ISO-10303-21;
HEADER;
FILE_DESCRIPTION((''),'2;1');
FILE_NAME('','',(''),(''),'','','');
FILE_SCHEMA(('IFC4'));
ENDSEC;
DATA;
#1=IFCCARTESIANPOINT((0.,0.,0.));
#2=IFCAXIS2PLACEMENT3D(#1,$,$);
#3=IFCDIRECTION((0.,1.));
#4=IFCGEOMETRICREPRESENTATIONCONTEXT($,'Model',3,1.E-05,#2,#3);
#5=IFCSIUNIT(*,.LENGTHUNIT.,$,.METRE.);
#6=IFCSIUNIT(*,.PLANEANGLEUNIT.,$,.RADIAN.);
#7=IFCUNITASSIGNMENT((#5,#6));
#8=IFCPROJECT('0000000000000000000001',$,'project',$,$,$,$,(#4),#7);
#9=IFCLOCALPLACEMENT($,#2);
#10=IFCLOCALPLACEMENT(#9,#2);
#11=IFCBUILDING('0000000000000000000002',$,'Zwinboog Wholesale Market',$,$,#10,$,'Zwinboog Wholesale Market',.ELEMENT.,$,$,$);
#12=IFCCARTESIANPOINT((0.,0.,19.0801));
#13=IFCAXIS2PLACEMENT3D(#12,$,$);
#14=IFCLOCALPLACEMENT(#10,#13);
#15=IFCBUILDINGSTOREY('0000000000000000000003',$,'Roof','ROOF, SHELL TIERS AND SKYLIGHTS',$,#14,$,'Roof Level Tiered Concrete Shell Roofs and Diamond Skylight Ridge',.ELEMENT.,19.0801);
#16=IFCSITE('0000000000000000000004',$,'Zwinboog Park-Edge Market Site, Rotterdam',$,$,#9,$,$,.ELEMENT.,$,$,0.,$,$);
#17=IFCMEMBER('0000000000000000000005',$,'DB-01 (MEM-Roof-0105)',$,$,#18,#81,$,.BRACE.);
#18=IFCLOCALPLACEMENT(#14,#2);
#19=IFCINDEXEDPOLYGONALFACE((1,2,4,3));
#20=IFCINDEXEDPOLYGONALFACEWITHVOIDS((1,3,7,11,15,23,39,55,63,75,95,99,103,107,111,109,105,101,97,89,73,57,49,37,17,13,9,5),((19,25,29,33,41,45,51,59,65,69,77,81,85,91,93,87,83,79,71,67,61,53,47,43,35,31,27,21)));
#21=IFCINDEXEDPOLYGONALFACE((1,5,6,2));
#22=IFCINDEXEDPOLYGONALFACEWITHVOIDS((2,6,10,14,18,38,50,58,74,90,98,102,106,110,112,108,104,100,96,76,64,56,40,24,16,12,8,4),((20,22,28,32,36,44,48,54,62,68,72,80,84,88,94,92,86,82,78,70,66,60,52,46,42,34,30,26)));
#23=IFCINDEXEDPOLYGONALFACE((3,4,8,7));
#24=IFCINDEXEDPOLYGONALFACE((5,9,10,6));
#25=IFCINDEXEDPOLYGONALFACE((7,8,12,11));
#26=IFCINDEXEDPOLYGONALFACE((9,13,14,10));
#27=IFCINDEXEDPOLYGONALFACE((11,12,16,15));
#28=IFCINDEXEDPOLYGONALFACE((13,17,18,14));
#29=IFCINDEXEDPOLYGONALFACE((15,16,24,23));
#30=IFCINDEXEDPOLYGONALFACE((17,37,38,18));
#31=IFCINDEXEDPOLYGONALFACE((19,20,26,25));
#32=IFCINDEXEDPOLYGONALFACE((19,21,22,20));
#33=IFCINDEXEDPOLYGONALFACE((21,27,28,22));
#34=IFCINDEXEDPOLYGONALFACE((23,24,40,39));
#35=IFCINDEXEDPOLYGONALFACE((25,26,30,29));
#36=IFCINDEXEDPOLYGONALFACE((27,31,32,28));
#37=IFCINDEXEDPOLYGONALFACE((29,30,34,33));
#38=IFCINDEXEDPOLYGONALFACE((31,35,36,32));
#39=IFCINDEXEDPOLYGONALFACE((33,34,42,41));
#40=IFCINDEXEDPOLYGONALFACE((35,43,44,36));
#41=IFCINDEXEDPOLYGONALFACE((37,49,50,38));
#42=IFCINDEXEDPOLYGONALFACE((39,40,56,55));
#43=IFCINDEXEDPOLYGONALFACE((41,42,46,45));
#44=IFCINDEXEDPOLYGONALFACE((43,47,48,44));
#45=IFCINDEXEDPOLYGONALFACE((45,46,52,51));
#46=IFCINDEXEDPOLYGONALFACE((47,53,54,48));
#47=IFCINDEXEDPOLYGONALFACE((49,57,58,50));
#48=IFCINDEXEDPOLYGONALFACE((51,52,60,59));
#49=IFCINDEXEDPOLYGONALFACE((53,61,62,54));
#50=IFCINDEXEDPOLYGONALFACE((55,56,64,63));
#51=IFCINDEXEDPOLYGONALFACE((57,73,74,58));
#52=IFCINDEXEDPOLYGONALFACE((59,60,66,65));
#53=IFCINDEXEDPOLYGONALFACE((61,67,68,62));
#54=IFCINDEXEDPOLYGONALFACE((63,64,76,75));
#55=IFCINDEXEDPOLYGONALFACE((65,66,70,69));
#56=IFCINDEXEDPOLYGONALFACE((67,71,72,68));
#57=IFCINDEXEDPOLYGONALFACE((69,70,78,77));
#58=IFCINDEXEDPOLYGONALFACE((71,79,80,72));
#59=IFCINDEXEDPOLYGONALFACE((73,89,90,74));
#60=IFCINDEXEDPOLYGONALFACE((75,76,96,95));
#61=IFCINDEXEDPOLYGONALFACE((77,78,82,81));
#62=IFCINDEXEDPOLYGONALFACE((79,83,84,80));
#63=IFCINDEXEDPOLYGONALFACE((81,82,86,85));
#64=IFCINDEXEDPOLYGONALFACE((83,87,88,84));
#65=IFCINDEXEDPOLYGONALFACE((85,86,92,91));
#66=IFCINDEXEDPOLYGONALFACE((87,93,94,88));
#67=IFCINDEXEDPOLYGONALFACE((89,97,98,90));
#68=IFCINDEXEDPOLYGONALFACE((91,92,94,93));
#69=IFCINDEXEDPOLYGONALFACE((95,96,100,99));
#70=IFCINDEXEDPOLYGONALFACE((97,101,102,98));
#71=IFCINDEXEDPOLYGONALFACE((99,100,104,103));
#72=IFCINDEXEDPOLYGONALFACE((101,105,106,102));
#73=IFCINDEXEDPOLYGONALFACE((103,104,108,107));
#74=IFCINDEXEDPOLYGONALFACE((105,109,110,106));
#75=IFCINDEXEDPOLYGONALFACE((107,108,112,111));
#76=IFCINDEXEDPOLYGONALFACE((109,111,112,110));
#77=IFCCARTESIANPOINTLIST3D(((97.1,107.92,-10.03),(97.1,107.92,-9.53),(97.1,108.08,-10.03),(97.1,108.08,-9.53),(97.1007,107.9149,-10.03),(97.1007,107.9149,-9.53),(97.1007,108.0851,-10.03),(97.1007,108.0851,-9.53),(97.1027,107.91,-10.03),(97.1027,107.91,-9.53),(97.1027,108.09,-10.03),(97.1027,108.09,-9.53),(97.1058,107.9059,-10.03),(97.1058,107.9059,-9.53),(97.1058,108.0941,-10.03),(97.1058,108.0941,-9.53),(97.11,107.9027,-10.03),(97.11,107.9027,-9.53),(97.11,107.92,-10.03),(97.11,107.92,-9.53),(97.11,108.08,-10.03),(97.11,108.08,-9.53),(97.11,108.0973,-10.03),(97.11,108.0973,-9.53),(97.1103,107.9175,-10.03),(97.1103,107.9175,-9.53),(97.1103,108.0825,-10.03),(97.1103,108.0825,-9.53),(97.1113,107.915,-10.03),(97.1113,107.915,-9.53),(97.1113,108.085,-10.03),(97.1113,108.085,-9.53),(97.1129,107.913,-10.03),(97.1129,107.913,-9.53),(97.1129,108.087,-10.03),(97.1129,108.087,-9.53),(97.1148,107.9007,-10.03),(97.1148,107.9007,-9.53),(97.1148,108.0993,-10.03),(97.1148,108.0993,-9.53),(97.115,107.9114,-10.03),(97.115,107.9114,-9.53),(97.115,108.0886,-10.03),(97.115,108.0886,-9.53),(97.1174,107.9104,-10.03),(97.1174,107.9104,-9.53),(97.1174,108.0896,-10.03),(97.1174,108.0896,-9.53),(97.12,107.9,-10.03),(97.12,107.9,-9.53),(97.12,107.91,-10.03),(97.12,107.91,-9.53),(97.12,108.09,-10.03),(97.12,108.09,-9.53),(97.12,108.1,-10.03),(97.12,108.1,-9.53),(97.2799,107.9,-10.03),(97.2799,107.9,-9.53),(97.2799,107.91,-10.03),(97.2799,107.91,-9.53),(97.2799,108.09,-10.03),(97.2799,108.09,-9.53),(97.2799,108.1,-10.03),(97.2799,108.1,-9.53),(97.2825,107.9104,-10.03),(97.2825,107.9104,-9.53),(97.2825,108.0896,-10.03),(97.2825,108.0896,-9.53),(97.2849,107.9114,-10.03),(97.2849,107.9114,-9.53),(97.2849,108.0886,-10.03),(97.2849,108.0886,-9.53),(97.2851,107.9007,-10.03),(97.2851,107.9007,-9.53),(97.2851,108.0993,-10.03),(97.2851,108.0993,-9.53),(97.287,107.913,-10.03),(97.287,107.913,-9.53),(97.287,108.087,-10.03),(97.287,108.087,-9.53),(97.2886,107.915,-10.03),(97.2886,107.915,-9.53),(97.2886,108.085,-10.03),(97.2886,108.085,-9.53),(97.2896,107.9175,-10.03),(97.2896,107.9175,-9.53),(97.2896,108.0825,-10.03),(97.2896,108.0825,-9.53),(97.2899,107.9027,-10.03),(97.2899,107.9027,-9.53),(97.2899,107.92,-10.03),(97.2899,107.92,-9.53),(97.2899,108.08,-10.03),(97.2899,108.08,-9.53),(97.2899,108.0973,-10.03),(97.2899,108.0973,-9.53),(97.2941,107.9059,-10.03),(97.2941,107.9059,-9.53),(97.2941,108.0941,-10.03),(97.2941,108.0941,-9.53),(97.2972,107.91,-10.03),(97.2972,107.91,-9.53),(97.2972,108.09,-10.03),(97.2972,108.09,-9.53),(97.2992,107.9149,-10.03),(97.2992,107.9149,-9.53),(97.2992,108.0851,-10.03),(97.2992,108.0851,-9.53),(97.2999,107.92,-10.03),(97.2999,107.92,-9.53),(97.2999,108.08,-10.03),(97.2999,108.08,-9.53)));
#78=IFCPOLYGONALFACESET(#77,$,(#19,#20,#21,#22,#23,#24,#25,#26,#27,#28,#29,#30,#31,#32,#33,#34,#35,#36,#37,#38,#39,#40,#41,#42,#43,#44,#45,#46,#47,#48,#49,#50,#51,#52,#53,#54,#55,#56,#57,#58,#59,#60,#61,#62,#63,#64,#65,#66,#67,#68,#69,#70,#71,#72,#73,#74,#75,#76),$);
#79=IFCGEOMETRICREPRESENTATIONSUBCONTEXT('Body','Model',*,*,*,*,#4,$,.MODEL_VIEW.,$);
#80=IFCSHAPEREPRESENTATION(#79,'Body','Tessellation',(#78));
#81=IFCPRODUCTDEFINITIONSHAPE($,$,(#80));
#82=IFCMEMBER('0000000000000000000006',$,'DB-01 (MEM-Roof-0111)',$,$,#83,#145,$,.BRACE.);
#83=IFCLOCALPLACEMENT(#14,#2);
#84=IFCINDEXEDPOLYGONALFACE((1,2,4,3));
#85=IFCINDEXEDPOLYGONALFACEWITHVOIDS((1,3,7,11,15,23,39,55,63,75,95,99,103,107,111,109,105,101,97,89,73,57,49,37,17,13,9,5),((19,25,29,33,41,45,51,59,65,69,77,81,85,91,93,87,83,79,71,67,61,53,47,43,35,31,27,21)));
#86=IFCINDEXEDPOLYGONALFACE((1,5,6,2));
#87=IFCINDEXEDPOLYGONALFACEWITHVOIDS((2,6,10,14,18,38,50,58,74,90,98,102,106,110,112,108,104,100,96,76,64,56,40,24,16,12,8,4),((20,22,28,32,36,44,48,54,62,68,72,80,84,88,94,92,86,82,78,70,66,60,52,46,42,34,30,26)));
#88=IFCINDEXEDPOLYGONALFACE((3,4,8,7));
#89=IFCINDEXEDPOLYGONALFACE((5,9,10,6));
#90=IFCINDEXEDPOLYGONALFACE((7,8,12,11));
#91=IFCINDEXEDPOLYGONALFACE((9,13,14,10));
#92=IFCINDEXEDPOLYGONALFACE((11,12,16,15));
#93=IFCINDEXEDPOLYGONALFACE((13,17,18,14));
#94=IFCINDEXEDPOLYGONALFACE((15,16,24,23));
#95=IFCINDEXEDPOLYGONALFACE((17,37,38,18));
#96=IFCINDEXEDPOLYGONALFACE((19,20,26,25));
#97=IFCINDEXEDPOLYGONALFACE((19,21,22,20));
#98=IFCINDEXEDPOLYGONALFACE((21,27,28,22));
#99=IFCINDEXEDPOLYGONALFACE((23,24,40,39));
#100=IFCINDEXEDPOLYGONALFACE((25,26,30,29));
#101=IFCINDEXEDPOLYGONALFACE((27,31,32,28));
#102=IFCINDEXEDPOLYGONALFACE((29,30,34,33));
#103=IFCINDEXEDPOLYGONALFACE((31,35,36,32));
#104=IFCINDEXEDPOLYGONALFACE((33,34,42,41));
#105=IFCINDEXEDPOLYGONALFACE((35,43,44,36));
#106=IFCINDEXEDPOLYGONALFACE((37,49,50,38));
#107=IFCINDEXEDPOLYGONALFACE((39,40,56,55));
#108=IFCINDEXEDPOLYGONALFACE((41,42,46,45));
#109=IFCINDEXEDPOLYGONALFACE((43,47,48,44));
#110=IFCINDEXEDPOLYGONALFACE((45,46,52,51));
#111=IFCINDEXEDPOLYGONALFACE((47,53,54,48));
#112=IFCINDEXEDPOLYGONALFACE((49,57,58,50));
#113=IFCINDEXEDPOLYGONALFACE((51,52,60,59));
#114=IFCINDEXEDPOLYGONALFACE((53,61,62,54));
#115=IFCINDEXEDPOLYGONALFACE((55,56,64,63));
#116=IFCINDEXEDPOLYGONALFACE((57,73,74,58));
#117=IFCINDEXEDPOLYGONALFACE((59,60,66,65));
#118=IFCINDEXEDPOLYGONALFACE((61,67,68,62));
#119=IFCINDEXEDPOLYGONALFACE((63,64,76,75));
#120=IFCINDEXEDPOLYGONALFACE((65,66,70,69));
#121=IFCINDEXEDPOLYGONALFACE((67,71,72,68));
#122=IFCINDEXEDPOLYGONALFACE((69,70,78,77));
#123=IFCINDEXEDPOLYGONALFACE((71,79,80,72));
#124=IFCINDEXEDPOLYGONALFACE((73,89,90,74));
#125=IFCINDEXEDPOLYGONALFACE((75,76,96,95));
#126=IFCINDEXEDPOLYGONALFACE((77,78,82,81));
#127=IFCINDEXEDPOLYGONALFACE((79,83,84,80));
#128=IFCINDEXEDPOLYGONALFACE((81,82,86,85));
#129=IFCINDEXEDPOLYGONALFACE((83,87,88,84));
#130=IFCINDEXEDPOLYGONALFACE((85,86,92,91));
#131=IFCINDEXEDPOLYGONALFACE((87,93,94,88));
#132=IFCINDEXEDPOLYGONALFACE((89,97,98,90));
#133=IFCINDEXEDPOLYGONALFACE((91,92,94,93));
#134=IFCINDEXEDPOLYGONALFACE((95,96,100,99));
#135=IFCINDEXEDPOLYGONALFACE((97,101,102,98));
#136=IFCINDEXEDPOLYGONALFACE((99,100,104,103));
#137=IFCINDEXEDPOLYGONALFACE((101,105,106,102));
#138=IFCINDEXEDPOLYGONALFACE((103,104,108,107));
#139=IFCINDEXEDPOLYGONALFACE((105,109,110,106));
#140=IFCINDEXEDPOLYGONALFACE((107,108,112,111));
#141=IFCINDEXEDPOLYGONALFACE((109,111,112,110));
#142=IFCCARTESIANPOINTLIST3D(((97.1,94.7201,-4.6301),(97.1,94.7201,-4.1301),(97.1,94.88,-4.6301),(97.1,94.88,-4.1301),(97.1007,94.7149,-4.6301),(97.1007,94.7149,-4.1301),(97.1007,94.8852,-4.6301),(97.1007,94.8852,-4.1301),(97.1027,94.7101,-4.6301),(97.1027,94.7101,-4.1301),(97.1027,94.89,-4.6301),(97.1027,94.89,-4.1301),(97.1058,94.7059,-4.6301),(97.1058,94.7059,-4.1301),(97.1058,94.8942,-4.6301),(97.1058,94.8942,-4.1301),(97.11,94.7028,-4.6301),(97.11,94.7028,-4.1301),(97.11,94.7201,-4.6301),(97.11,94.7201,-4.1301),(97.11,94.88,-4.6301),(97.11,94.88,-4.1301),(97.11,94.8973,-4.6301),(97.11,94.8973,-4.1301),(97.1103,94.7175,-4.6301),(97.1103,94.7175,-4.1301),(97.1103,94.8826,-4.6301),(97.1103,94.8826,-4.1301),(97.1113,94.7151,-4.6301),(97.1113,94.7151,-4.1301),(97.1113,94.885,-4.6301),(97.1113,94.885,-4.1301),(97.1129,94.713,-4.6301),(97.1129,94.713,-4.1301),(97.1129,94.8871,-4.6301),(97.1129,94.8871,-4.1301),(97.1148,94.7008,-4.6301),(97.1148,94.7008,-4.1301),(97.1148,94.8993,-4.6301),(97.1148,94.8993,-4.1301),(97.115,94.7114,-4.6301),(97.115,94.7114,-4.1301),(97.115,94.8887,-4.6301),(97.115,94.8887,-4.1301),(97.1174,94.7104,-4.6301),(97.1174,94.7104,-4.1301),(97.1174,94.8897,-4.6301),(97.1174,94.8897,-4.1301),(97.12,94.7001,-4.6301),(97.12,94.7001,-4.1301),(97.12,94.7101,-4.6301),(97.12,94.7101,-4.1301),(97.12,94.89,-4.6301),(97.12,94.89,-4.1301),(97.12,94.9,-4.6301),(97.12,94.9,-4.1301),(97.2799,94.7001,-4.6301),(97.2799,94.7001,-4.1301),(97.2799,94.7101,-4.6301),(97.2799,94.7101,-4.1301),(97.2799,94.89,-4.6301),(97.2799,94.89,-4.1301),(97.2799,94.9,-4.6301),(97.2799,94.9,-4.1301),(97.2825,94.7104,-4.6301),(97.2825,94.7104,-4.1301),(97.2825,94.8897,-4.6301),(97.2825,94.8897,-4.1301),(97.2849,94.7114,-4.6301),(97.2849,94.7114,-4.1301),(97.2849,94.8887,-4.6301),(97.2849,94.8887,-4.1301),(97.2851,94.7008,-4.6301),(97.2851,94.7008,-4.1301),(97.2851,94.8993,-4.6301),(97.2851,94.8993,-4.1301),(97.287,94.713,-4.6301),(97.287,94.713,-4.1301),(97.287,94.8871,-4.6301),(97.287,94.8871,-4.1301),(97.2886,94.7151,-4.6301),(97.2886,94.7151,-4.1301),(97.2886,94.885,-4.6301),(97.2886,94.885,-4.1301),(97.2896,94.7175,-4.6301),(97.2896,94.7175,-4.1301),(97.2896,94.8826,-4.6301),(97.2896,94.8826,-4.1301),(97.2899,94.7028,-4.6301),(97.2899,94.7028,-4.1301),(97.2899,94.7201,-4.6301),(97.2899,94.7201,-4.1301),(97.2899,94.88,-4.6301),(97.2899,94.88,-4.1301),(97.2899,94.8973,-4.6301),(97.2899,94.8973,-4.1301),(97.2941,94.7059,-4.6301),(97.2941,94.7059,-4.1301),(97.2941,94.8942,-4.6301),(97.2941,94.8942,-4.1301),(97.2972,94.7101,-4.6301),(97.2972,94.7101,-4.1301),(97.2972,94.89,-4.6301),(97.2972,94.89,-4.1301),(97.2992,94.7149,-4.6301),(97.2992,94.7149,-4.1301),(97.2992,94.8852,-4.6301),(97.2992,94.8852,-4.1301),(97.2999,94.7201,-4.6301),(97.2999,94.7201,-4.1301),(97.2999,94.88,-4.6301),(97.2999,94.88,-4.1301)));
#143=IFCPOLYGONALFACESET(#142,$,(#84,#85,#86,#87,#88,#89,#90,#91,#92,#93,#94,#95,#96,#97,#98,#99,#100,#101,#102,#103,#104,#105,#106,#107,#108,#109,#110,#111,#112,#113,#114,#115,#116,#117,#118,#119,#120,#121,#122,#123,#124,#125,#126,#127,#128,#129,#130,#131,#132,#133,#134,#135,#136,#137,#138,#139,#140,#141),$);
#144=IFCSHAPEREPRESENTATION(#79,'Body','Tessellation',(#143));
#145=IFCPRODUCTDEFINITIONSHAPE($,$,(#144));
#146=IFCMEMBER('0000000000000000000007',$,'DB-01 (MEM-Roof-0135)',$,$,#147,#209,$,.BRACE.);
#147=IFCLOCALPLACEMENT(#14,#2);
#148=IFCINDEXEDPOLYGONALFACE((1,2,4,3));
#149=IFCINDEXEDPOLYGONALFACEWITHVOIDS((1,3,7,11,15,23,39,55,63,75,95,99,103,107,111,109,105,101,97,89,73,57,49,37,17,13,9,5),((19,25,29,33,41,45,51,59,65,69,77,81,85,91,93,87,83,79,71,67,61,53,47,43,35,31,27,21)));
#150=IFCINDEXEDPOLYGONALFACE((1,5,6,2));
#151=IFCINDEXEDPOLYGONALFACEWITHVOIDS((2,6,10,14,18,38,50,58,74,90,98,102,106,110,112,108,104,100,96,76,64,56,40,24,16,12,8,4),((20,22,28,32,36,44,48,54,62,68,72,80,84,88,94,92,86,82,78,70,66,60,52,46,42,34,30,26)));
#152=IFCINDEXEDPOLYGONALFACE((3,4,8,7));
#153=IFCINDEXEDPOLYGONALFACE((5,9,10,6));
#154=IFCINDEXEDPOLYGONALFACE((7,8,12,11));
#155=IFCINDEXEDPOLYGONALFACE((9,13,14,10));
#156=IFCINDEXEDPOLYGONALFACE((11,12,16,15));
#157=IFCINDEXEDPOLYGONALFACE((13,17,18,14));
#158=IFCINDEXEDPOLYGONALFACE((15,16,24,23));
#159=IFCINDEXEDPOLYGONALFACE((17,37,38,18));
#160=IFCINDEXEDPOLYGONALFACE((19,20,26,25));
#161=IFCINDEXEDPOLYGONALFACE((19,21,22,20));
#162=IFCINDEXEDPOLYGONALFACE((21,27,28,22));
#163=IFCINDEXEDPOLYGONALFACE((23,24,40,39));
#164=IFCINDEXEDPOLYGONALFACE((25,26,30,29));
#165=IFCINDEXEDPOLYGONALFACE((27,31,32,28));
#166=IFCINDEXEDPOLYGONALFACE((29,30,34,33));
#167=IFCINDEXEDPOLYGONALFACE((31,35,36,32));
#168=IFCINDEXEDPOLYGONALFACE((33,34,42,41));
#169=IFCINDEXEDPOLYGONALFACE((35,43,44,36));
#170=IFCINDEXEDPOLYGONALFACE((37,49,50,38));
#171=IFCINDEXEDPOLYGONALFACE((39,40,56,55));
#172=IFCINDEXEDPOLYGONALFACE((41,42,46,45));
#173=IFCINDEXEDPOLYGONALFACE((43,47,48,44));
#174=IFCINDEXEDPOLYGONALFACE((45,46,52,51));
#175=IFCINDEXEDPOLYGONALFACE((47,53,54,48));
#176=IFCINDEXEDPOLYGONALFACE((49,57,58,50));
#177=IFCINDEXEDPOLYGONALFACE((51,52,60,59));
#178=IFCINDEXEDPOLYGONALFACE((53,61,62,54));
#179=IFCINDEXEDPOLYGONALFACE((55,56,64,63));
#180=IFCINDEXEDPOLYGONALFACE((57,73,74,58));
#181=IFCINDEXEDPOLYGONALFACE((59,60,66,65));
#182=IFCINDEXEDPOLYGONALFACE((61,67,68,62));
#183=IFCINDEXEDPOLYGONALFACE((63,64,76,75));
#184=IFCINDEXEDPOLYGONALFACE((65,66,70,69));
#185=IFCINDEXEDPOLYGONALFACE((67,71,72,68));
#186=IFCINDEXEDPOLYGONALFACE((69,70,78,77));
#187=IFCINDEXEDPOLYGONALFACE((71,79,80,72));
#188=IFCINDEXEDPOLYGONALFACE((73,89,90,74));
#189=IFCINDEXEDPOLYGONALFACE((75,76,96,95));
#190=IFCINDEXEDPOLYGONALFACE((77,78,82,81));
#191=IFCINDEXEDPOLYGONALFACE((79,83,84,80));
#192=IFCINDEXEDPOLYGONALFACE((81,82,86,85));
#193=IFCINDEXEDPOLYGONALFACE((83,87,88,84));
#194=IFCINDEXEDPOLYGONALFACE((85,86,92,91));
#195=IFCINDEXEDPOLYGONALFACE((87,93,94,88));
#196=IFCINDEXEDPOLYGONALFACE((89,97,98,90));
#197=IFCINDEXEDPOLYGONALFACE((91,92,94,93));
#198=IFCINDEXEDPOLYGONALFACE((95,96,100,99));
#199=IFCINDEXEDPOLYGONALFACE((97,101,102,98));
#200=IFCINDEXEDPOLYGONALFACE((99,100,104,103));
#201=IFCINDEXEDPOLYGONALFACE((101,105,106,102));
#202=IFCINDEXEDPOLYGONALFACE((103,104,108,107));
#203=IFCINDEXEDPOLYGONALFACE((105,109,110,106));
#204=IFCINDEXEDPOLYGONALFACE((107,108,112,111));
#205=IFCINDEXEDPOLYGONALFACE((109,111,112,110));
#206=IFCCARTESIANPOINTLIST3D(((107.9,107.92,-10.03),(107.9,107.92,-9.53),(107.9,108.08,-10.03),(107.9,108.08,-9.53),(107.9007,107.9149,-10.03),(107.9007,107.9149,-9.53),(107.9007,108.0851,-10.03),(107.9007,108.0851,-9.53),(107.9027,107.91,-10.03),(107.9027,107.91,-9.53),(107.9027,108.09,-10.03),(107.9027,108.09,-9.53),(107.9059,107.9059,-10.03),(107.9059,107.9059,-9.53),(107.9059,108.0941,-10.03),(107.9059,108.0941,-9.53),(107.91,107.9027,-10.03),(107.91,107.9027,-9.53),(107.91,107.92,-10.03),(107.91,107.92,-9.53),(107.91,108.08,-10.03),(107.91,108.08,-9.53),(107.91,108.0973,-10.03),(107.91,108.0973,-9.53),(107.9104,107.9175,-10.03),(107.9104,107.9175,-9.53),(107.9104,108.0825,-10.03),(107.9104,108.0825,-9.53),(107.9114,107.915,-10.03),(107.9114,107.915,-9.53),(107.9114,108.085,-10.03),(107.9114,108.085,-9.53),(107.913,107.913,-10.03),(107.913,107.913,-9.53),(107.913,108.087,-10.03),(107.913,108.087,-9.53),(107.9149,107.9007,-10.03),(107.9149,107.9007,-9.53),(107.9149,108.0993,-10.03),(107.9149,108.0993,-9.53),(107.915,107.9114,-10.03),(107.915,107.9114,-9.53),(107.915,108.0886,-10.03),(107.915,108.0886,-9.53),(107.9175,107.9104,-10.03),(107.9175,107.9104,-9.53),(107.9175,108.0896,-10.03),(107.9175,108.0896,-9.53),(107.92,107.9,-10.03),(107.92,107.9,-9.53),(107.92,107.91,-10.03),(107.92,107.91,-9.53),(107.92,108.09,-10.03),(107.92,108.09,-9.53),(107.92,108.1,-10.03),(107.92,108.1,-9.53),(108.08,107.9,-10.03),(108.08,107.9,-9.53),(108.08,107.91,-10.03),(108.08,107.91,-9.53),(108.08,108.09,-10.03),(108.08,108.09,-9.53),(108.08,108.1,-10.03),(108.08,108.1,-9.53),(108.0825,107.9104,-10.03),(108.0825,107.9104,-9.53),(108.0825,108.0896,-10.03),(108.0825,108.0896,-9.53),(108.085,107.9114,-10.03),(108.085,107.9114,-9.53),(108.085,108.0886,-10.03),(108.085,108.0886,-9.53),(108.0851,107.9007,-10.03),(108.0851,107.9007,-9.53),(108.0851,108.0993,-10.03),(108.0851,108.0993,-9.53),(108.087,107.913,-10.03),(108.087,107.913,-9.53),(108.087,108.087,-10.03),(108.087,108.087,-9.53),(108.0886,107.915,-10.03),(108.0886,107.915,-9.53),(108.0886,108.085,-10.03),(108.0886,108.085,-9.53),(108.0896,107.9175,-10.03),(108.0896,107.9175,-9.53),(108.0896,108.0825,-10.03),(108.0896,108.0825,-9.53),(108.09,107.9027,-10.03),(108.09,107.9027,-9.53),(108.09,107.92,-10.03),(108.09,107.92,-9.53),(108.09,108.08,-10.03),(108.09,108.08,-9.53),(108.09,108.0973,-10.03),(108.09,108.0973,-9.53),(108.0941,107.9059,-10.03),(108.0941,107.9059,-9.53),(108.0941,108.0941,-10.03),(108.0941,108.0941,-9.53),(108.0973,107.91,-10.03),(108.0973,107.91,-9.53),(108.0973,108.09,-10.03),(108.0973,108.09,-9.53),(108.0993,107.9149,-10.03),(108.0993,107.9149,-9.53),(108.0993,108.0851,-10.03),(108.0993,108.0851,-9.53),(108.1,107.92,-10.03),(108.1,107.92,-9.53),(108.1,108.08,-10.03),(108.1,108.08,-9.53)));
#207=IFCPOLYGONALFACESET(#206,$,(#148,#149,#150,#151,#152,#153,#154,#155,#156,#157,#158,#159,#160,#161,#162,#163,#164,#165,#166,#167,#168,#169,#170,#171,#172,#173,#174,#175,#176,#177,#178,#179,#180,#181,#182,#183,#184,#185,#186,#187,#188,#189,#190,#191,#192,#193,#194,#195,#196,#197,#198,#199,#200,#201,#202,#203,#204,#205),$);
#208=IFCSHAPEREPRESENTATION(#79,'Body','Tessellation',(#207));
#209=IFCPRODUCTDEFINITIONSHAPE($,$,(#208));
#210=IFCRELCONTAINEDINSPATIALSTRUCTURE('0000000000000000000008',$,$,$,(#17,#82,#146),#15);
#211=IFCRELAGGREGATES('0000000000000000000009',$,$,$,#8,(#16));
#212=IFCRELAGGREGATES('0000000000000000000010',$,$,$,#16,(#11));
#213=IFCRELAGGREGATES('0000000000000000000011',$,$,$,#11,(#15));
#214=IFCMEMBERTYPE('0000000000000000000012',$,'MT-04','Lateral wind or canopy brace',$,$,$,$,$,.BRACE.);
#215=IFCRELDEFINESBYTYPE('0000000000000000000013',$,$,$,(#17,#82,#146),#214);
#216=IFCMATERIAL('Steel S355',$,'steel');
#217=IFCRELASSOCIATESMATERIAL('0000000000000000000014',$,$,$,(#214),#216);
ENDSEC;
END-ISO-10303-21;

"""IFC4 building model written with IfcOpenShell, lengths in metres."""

from ifc_helpers import new_model, si_unit, direction, frame, origin, origin_2d, place, context, subcontext, project, spatial, hollow_rectangle, extrude, material, material_profile, profile_set, type_object, element, save


model = new_model("IFC4")

# Units and contexts
model_context = context("Model", 3, precision=1e-05, world=origin(), true_north=direction((0.0, 1.0)))
body_context = subcontext(model_context, "Body", "Model", "MODEL_VIEW")
ifc_project = project(units=[si_unit("LENGTHUNIT", "METRE"), si_unit("PLANEANGLEUNIT", "RADIAN")], contexts=[model_context])

# Site, building, storey
site_placement = place(None, origin())
site = spatial("IfcSite", under=ifc_project, at=site_placement, Name="Zwinboog Park-Edge Market Site, Rotterdam", CompositionType="ELEMENT", RefElevation=0.0)
building_placement = place(site_placement, origin())
building = spatial("IfcBuilding", under=site, at=building_placement, Name="Zwinboog Wholesale Market", LongName="Zwinboog Wholesale Market", CompositionType="ELEMENT")
storey_placement = place(building_placement, frame((0.0, 0.0, 19.0801)))
storey = spatial("IfcBuildingStorey", under=building, at=storey_placement, Name="Roof", Description="ROOF, SHELL TIERS AND SKYLIGHTS", LongName="Roof Level Tiered Concrete Shell Roofs and Diamond Skylight Ridge", CompositionType="ELEMENT", Elevation=19.0801)

# Members
ifc_material_1 = material(Name="Steel S355", Category="steel")
ifc_material_profile_1 = material_profile(ifc_material_1, hollow_rectangle(XDim=0.2, YDim=0.2, WallThickness=0.01, InnerFilletRadius=0.01, OuterFilletRadius=0.02, at=origin_2d()), Name="SHS 200x200x10")
ifc_profile_set_1 = profile_set([ifc_material_profile_1], Name="Steel S355")
member_type_1 = type_object("IfcMemberType", Name="MT-04", Description="Lateral wind or canopy brace", PredefinedType="BRACE", material=ifc_profile_set_1)
for number, where, z_axis, x_axis, name in (
    (1, (97.2, 108.0, -10.03), (0.0, 0.0, 1.0), (1.0, 0.0, 0.0), "DB-01 (MEM-Roof-0105)"),
    (2, (97.2, 94.8, -4.6301), (0.0, 0.0, 1.0), (1.0, 0.0, 0.0), "DB-01 (MEM-Roof-0111)"),
    (3, (108.0, 108.0, -10.03), (0.0, 0.0, 1.0), (1.0, 0.0, 0.0), "DB-01 (MEM-Roof-0135)"),
):
    element("IfcMember", number, at=place(storey_placement, frame(where, z_axis=z_axis, x_axis=x_axis)), inside=storey, type_object=member_type_1, Name=name, PredefinedType="BRACE", context=body_context, shape_type="SweptSolid", body=[
        extrude(hollow_rectangle(XDim=0.2, YDim=0.2, WallThickness=0.01, InnerFilletRadius=0.01, OuterFilletRadius=0.02, at=origin_2d()), origin(), (0.0, 0.0, 1.0), 0.5),
    ])

save(model, "model.ifc")
